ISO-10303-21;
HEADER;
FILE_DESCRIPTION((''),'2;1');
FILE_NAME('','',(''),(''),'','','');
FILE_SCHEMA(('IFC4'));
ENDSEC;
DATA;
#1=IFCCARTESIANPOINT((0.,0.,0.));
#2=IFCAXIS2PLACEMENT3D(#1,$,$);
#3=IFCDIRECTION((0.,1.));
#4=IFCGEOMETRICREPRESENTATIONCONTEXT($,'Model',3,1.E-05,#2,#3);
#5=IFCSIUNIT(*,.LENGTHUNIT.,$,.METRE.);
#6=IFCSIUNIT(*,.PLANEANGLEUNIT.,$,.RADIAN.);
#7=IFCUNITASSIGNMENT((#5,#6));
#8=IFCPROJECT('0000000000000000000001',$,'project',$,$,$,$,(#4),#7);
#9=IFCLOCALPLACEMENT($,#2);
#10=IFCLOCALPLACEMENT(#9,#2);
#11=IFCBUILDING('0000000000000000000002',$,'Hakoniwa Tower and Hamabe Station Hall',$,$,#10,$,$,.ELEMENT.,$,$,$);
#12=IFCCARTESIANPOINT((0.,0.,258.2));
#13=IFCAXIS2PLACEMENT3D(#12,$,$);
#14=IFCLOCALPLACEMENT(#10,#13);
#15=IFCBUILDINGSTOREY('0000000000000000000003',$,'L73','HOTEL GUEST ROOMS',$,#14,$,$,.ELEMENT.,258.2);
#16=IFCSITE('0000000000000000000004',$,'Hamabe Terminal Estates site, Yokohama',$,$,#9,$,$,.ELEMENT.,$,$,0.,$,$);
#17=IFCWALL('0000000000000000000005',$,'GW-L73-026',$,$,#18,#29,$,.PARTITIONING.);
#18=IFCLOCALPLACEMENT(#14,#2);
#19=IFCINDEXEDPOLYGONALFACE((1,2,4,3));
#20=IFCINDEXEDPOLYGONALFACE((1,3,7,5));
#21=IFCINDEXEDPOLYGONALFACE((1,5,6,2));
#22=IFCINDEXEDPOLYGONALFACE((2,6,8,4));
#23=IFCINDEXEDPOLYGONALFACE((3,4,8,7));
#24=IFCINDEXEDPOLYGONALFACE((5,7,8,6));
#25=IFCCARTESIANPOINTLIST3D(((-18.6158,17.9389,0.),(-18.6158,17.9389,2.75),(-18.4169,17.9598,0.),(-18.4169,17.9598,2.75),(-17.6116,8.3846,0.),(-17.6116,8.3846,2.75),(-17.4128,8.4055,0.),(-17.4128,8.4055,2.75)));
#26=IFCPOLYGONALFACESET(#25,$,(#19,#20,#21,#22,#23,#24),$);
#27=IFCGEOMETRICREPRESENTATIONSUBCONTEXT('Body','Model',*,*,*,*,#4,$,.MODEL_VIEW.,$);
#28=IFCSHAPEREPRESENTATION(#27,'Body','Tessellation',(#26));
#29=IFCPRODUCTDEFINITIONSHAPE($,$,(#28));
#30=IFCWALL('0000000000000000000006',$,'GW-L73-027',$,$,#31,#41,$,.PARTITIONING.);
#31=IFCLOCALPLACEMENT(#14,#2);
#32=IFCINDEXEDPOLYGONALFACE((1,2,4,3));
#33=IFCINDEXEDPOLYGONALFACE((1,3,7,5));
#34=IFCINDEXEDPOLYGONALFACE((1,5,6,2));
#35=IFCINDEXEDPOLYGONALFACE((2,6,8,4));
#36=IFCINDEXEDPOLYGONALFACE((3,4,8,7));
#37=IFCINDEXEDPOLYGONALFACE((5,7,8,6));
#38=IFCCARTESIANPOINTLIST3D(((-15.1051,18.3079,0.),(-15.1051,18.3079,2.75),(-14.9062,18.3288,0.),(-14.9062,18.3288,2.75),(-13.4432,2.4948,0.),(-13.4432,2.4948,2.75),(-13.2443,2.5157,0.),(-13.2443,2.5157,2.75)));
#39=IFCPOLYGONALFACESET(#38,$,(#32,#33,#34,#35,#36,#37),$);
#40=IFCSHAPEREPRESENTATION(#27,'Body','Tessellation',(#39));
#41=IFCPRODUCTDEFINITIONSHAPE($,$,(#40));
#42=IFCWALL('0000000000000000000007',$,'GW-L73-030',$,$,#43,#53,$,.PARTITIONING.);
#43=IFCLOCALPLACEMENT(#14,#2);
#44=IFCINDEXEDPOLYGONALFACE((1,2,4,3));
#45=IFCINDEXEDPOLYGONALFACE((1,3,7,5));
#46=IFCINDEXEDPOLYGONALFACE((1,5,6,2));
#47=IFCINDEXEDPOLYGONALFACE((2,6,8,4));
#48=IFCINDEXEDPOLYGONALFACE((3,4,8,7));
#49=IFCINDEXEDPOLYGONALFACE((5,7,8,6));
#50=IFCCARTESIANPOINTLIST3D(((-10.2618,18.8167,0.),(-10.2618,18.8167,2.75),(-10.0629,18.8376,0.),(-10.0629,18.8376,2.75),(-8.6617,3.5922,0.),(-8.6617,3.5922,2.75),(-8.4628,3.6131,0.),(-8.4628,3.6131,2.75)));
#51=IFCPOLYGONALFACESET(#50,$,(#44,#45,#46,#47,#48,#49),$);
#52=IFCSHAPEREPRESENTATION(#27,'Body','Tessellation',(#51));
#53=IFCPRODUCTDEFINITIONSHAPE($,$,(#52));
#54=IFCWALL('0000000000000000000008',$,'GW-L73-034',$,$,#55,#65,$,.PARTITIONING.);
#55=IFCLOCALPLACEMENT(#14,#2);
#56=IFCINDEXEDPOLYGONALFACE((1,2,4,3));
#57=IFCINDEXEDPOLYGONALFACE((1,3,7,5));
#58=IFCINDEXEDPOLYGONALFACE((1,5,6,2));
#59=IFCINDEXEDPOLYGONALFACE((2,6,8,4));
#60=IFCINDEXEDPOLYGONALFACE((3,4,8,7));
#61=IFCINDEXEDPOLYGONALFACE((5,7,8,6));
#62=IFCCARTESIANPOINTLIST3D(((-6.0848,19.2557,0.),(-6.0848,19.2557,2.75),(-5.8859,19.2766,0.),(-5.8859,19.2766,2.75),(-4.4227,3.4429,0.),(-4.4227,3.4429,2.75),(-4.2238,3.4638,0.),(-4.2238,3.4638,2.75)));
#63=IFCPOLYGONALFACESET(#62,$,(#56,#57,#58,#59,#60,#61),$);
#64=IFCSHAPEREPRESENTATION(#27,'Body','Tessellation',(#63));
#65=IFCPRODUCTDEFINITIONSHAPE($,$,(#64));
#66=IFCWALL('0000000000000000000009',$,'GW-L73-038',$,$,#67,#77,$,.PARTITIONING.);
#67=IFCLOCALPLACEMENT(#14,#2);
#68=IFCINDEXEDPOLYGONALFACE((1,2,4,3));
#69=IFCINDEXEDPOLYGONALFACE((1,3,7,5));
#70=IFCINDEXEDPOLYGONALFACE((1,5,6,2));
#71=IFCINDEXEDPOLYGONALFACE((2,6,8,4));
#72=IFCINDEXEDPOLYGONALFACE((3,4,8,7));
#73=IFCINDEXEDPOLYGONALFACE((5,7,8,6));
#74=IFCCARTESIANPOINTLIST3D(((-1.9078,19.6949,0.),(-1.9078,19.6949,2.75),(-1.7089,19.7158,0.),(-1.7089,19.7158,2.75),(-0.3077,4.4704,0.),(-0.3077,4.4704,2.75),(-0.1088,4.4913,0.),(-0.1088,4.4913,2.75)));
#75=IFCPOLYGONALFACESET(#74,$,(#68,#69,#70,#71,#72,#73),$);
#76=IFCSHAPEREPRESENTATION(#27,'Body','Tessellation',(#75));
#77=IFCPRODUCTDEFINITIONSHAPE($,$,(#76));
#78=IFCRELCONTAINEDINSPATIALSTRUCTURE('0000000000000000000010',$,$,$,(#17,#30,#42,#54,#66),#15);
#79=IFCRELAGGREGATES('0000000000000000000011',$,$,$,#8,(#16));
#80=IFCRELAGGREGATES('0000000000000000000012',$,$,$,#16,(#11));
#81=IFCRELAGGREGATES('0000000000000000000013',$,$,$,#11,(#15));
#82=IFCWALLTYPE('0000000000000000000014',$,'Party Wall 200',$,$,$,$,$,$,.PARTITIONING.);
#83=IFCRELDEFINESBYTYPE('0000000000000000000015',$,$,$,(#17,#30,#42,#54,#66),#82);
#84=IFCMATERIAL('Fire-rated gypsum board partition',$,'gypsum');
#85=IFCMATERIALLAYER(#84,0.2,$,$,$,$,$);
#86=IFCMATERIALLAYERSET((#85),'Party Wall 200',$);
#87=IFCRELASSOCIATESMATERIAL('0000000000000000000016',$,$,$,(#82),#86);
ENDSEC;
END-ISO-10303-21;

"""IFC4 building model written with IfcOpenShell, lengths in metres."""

from ifc_helpers import new_model, si_unit, direction, frame, frame_2d, origin, place, context, subcontext, project, spatial, rectangle, extrude, material, layer, layer_set, type_object, element, save


model = new_model("IFC4")

# Units and contexts
model_context = context("Model", 3, precision=1e-05, world=origin(), true_north=direction((0.0, 1.0)))
body_context = subcontext(model_context, "Body", "Model", "MODEL_VIEW")
ifc_project = project(units=[si_unit("LENGTHUNIT", "METRE"), si_unit("PLANEANGLEUNIT", "RADIAN")], contexts=[model_context])

# Site, building, storey
site_placement = place(None, origin())
site = spatial("IfcSite", under=ifc_project, at=site_placement, Name="Hamabe Terminal Estates site, Yokohama", CompositionType="ELEMENT", RefElevation=0.0)
building_placement = place(site_placement, origin())
building = spatial("IfcBuilding", under=site, at=building_placement, Name="Hakoniwa Tower and Hamabe Station Hall", CompositionType="ELEMENT")
storey_placement = place(building_placement, frame((0.0, 0.0, 258.2)))
storey = spatial("IfcBuildingStorey", under=building, at=storey_placement, Name="L73", Description="HOTEL GUEST ROOMS", CompositionType="ELEMENT", Elevation=258.2)

# Walls
ifc_material_1 = material(Name="Fire-rated gypsum board partition", Category="gypsum")
ifc_layer_1 = layer(ifc_material_1, 0.2)
ifc_layer_set_1 = layer_set([ifc_layer_1], Name="Party Wall 200")
wall_type_1 = type_object("IfcWallType", Name="Party Wall 200", PredefinedType="PARTITIONING", material=ifc_layer_set_1)
wall_1_placement = place(storey_placement, frame((-17.5122, 8.395, 0.0), z_axis=(0.0, 0.0, 1.0), x_axis=(-0.104525, 0.994522, 0.0)))
element("IfcWall", 1, at=wall_1_placement, inside=storey, type_object=wall_type_1, Name="GW-L73-026", PredefinedType="PARTITIONING", context=body_context, shape_type="SweptSolid", body=[
    extrude(rectangle(XDim=9.6069, YDim=0.2, at=frame_2d((4.8035, 0.0))), origin(), (0.0, 0.0, 1.0), 2.75),
])
wall_2_placement = place(storey_placement, frame((-13.3438, 2.5051, 0.0), z_axis=(0.0, 0.0, 1.0), x_axis=(-0.104519, 0.994523, 0.0)))
element("IfcWall", 2, at=wall_2_placement, inside=storey, type_object=wall_type_1, Name="GW-L73-027", PredefinedType="PARTITIONING", context=body_context, shape_type="SweptSolid", body=[
    extrude(rectangle(XDim=15.9001, YDim=0.2, at=frame_2d((7.9502, 0.0))), origin(), (0.0, 0.0, 1.0), 2.75),
])
wall_3_placement = place(storey_placement, frame((-8.5623, 3.6025, 0.0), z_axis=(0.0, 0.0, 1.0), x_axis=(-0.104524, 0.994522, 0.0)))
element("IfcWall", 3, at=wall_3_placement, inside=storey, type_object=wall_type_1, Name="GW-L73-030", PredefinedType="PARTITIONING", context=body_context, shape_type="SweptSolid", body=[
    extrude(rectangle(XDim=15.3083, YDim=0.2, at=frame_2d((7.6543, 0.0))), origin(), (0.0, 0.0, 1.0), 2.75),
])
wall_4_placement = place(storey_placement, frame((-4.3232, 3.4534, 0.0), z_axis=(0.0, 0.0, 1.0), x_axis=(-0.104536, 0.994521, 0.0)))
element("IfcWall", 4, at=wall_4_placement, inside=storey, type_object=wall_type_1, Name="GW-L73-034", PredefinedType="PARTITIONING", context=body_context, shape_type="SweptSolid", body=[
    extrude(rectangle(XDim=15.8999, YDim=0.2, at=frame_2d((7.95, 0.0))), origin(), (0.0, 0.0, 1.0), 2.75),
])
wall_5_placement = place(storey_placement, frame((-0.2083, 4.4807, 0.0), z_axis=(0.0, 0.0, 1.0), x_axis=(-0.104524, 0.994522, 0.0)))
element("IfcWall", 5, at=wall_5_placement, inside=storey, type_object=wall_type_1, Name="GW-L73-038", PredefinedType="PARTITIONING", context=body_context, shape_type="SweptSolid", body=[
    extrude(rectangle(XDim=15.3083, YDim=0.2, at=frame_2d((7.6543, 0.0))), origin(), (0.0, 0.0, 1.0), 2.75),
])

save(model, "model.ifc")
